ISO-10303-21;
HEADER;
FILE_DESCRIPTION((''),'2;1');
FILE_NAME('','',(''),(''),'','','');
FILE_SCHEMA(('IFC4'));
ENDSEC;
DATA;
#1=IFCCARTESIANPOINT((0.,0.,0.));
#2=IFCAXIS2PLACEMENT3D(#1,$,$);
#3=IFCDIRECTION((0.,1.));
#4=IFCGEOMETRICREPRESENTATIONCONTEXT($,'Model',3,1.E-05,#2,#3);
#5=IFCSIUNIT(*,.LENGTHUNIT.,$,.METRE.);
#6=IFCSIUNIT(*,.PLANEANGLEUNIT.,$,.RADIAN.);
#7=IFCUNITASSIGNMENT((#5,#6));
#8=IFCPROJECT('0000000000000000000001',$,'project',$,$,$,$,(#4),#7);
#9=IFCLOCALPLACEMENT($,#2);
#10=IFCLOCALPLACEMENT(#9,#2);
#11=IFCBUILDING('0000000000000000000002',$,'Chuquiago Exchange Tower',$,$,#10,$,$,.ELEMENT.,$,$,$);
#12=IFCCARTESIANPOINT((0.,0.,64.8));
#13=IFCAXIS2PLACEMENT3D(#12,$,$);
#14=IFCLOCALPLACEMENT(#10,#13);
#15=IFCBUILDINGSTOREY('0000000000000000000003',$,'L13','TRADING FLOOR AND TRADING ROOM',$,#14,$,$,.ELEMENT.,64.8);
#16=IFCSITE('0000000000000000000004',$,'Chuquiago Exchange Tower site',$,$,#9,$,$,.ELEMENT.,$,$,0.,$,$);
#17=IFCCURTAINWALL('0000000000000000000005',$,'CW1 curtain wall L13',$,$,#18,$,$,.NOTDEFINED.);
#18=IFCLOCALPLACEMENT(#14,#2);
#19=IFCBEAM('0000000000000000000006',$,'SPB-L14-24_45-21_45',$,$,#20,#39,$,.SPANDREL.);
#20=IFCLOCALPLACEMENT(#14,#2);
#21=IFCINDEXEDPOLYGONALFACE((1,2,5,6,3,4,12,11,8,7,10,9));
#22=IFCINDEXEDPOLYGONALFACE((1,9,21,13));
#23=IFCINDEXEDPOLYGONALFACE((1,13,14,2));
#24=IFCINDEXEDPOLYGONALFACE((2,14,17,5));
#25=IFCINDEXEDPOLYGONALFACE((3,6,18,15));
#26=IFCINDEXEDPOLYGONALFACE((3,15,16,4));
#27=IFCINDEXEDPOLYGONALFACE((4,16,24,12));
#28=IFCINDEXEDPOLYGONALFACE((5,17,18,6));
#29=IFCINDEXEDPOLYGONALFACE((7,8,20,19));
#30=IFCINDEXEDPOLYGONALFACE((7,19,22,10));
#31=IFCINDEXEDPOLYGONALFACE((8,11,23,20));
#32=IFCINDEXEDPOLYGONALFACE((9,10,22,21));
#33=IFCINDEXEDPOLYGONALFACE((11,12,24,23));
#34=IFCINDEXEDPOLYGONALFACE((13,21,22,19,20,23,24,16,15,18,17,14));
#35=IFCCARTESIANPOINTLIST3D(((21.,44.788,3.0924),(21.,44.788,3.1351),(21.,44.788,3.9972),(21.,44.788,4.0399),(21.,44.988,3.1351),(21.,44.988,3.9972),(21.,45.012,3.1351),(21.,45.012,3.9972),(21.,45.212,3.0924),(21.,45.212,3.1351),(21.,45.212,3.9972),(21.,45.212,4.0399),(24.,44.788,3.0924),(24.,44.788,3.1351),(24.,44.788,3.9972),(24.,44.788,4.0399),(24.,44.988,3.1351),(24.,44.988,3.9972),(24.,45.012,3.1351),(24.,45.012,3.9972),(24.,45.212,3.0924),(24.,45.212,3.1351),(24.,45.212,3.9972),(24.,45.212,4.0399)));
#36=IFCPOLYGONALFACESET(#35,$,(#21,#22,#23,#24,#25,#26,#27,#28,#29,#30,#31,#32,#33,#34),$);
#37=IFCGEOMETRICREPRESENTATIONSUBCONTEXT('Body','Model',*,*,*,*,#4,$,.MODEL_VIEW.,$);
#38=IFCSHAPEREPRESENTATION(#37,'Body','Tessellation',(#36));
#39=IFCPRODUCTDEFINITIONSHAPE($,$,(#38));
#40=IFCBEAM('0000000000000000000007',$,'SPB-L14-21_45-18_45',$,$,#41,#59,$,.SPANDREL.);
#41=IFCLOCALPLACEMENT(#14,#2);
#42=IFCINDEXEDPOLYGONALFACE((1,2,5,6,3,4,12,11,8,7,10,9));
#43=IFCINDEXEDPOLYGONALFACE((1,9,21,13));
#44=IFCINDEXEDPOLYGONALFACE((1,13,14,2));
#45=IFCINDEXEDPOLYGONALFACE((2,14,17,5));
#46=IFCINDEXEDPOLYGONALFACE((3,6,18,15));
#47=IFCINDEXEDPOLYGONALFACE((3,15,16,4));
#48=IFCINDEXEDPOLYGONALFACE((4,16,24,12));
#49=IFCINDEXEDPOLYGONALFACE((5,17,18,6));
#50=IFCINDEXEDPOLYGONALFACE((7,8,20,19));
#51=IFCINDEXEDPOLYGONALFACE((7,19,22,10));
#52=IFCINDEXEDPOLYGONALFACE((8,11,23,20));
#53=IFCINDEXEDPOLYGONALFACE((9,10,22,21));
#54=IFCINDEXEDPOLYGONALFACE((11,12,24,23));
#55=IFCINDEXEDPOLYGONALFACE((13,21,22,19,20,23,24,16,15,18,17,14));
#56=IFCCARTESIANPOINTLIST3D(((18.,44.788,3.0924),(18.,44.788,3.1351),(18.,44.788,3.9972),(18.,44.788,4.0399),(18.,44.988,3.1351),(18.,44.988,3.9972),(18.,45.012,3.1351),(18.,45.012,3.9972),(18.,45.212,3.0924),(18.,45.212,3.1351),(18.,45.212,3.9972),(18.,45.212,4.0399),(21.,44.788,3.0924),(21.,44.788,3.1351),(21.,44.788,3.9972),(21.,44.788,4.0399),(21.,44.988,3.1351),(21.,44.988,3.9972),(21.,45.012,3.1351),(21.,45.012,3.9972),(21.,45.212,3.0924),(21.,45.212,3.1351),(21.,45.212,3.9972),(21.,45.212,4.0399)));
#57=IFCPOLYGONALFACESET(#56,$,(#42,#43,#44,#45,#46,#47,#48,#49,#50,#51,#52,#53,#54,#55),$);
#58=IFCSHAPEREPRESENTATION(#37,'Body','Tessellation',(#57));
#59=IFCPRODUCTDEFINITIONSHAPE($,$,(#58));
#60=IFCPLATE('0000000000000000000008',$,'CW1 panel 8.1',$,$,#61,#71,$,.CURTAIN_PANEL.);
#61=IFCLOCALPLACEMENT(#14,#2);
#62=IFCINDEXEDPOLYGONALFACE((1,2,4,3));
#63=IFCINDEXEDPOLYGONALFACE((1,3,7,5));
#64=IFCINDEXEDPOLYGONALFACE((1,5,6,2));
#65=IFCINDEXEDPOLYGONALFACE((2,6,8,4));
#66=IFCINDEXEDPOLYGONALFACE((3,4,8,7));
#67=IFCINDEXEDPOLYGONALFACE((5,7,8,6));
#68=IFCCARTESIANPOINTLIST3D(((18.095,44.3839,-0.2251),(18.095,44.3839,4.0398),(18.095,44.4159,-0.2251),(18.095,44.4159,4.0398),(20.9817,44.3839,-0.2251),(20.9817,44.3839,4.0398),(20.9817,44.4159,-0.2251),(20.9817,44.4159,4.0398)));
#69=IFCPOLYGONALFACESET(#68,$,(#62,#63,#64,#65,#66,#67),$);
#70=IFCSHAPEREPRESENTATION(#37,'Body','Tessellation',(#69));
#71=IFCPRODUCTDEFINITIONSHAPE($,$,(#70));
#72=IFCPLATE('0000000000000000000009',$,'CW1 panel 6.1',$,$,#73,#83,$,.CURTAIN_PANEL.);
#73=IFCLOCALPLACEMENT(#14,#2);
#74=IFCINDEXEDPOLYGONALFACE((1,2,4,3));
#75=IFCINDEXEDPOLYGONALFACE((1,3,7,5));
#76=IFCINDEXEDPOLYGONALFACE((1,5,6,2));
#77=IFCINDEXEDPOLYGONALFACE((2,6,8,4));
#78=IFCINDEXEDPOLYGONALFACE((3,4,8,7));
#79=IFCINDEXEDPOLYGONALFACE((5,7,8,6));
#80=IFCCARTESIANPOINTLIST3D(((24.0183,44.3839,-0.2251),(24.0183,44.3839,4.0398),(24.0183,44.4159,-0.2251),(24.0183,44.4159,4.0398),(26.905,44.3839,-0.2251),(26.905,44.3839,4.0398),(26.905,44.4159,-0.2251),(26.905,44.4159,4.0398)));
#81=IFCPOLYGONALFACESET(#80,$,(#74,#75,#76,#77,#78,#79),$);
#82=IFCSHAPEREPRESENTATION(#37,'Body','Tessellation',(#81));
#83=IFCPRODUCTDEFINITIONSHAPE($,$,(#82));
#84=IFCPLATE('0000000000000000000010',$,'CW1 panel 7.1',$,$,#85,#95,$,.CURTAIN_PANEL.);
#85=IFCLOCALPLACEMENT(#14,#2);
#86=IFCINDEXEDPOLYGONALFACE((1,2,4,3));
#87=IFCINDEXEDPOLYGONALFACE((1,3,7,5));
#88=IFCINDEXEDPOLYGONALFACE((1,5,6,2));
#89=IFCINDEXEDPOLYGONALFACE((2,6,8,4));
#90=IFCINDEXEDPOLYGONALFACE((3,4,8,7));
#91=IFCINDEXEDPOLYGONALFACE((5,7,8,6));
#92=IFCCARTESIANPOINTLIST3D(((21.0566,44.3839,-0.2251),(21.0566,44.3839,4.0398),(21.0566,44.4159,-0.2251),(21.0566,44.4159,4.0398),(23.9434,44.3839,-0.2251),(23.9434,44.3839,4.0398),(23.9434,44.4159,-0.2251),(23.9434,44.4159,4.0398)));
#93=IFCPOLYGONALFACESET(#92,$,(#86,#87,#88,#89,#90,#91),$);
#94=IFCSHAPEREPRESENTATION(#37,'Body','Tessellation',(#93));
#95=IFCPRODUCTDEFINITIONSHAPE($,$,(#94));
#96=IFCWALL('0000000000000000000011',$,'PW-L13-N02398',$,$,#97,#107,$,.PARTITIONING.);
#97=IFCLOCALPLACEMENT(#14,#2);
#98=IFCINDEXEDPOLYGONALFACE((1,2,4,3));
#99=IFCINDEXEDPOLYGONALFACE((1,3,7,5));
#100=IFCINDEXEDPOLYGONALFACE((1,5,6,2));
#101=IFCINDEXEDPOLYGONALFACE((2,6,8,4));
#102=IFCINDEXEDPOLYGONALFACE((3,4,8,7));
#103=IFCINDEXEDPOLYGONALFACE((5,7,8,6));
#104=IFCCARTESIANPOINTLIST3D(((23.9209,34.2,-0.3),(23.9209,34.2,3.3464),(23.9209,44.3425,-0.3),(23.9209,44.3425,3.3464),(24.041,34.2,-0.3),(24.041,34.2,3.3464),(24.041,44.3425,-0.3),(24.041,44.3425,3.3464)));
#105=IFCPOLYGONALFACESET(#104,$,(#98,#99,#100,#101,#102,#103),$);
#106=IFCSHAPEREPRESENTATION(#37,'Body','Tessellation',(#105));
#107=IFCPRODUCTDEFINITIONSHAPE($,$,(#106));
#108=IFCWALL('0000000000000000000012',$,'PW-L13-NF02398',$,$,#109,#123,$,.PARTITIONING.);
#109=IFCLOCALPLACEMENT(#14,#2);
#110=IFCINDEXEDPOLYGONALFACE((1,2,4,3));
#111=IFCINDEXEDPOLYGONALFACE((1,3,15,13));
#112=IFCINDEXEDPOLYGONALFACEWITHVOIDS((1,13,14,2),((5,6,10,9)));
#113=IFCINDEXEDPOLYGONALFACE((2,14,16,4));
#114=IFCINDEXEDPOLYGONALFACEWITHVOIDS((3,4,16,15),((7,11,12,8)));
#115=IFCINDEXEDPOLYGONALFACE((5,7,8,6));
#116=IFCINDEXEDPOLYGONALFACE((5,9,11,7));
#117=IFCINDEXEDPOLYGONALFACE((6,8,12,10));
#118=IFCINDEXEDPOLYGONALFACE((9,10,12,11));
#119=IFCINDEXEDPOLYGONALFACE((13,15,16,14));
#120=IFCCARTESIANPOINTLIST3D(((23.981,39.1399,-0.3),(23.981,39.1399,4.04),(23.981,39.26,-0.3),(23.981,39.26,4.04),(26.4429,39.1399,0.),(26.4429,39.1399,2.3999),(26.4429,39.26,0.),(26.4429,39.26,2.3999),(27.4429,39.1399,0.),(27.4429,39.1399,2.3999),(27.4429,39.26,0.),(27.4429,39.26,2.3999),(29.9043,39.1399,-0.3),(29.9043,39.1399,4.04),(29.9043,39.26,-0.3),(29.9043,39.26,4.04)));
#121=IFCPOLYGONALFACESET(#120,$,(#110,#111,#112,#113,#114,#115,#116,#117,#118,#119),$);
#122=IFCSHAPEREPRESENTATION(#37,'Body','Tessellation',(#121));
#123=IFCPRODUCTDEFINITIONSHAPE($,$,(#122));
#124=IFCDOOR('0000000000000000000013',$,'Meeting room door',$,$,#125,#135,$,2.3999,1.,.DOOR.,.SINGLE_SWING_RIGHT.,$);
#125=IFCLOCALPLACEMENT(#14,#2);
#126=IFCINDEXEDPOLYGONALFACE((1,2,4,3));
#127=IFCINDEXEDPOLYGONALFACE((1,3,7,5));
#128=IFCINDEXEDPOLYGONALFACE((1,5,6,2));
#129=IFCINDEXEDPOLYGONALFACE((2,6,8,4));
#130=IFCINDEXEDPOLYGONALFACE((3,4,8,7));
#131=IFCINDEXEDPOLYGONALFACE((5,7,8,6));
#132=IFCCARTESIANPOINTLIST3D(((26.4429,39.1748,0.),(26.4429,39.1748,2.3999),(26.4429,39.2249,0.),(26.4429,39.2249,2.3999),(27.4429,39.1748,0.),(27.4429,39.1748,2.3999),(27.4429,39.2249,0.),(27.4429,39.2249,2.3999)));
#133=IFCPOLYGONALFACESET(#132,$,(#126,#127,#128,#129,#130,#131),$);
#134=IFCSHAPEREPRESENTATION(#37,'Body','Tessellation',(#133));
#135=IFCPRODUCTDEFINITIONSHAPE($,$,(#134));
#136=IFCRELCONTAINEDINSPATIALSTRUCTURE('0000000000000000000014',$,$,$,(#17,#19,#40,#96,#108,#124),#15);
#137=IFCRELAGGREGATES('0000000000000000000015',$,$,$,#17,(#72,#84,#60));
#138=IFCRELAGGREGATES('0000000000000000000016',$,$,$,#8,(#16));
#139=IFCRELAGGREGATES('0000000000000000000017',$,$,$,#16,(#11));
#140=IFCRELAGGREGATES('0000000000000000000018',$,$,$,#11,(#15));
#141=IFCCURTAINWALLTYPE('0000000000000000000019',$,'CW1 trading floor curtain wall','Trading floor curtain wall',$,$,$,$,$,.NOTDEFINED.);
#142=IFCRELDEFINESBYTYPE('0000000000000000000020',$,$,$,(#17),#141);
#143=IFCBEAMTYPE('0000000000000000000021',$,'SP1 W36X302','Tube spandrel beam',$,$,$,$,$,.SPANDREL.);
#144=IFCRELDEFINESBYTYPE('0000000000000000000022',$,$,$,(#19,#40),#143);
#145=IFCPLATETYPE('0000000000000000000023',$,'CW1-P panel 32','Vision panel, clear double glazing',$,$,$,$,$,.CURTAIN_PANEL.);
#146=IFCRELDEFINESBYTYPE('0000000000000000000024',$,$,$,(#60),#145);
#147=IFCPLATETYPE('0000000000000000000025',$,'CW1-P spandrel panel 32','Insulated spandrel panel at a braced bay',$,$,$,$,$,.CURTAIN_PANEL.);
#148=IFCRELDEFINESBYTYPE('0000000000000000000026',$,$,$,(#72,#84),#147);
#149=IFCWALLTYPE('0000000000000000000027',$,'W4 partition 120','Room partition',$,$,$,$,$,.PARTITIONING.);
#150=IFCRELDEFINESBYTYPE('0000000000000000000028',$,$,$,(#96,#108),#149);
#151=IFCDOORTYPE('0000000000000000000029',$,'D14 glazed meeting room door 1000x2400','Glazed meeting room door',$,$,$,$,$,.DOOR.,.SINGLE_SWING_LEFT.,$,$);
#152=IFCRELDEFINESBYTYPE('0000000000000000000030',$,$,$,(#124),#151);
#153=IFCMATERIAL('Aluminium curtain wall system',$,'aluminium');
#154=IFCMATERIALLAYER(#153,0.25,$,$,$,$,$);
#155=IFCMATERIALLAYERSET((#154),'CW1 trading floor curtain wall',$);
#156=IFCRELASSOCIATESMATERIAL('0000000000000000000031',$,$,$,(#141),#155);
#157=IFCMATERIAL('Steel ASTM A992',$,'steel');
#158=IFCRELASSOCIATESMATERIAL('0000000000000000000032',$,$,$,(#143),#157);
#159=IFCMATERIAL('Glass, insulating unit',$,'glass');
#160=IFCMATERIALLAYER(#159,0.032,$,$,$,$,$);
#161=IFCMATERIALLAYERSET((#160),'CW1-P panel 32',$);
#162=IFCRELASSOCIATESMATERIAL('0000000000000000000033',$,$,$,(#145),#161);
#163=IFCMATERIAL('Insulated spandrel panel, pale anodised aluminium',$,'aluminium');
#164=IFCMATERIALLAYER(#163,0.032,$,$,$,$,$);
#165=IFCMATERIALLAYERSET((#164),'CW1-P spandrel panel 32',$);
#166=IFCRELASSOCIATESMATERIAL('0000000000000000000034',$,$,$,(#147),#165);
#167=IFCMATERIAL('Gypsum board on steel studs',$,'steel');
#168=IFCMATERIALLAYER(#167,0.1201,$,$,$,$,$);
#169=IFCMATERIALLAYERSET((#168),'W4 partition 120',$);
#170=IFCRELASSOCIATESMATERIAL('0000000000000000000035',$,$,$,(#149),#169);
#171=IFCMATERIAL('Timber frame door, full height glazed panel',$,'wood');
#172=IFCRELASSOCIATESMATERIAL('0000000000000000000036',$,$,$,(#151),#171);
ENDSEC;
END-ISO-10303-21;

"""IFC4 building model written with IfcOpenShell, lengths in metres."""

from ifc_helpers import new_model, si_unit, direction, frame, frame_2d, origin, origin_2d, place, context, subcontext, project, spatial, rectangle, i_section, extrude, material, layer, layer_set, material_profile, profile_set, type_object, element, fill, aggregate, save


model = new_model("IFC4")

# Units and contexts
model_context = context("Model", 3, precision=1e-05, world=origin(), true_north=direction((0.0, 1.0)))
body_context = subcontext(model_context, "Body", "Model", "MODEL_VIEW")
ifc_project = project(units=[si_unit("LENGTHUNIT", "METRE"), si_unit("PLANEANGLEUNIT", "RADIAN")], contexts=[model_context])

# Site, building, storey
site_placement = place(None, origin())
site = spatial("IfcSite", under=ifc_project, at=site_placement, Name="Chuquiago Exchange Tower site", CompositionType="ELEMENT", RefElevation=0.0)
building_placement = place(site_placement, origin())
building = spatial("IfcBuilding", under=site, at=building_placement, Name="Chuquiago Exchange Tower", CompositionType="ELEMENT")
storey_placement = place(building_placement, frame((0.0, 0.0, 64.8)))
storey = spatial("IfcBuildingStorey", under=building, at=storey_placement, Name="L13", Description="TRADING FLOOR AND TRADING ROOM", CompositionType="ELEMENT", Elevation=64.8)

# Curtain wall
ifc_material_1 = material(Name="Aluminium curtain wall system", Category="aluminium")
ifc_layer_1 = layer(ifc_material_1, 0.25)
ifc_layer_set_1 = layer_set([ifc_layer_1], Name="CW1 trading floor curtain wall")
curtain_wall_type = type_object("IfcCurtainWallType", Name="CW1 trading floor curtain wall", Description="Trading floor curtain wall", PredefinedType="NOTDEFINED", material=ifc_layer_set_1)
curtain_wall_placement = place(storey_placement, origin())
curtain_wall = element("IfcCurtainWall", 1, at=curtain_wall_placement, inside=storey, type_object=curtain_wall_type, Name="CW1 curtain wall L13", PredefinedType="NOTDEFINED")

# Beams
ifc_material_2 = material(Name="Steel ASTM A992", Category="steel")
ifc_material_profile_1 = material_profile(ifc_material_2, i_section(OverallWidth=0.4241, OverallDepth=0.9475, WebThickness=0.0239, FlangeThickness=0.0427, at=origin_2d()), Name="W36X302")
ifc_profile_set_1 = profile_set([ifc_material_profile_1], Name="Steel ASTM A992")
beam_type = type_object("IfcBeamType", Name="SP1 W36X302", Description="Tube spandrel beam", PredefinedType="SPANDREL", material=ifc_profile_set_1)
for number, where, z_axis, x_axis, name in (
    (2, (24.0, 45.0, 3.5662), (-1.0, 0.0, 0.0), (0.0, -1.0, 0.0), "SPB-L14-24_45-21_45"),
    (3, (21.0, 45.0, 3.5662), (-1.0, 0.0, 0.0), (0.0, -1.0, 0.0), "SPB-L14-21_45-18_45"),
):
    element("IfcBeam", number, at=place(storey_placement, frame(where, z_axis=z_axis, x_axis=x_axis)), inside=storey, type_object=beam_type, Name=name, PredefinedType="SPANDREL", context=body_context, shape_type="SweptSolid", body=[
        extrude(i_section(OverallWidth=0.4241, OverallDepth=0.9475, WebThickness=0.0239, FlangeThickness=0.0427, at=origin_2d()), origin(), (0.0, 0.0, 1.0), 3.0),
    ])

# Plates
ifc_material_3 = material(Name="Glass, insulating unit", Category="glass")
ifc_layer_2 = layer(ifc_material_3, 0.032)
ifc_layer_set_2 = layer_set([ifc_layer_2], Name="CW1-P panel 32")
plate_type_1 = type_object("IfcPlateType", Name="CW1-P panel 32", Description="Vision panel, clear double glazing", PredefinedType="CURTAIN_PANEL", material=ifc_layer_set_2)
plate_1_placement = place(storey_placement, frame((19.5383, 44.3999, -0.2251), z_axis=(0.0, 0.0, 1.0), x_axis=(-1.0, 0.0, 0.0)))
plate_1 = element("IfcPlate", 4, at=plate_1_placement, type_object=plate_type_1, Name="CW1 panel 8.1", PredefinedType="CURTAIN_PANEL", context=body_context, shape_type="SweptSolid", body=[
    extrude(rectangle(XDim=2.8867, YDim=0.032, at=origin_2d()), origin(), (0.0, 0.0, 1.0), 4.2649),
])
ifc_material_4 = material(Name="Insulated spandrel panel, pale anodised aluminium", Category="aluminium")
ifc_layer_3 = layer(ifc_material_4, 0.032)
ifc_layer_set_3 = layer_set([ifc_layer_3], Name="CW1-P spandrel panel 32")
plate_type_2 = type_object("IfcPlateType", Name="CW1-P spandrel panel 32", Description="Insulated spandrel panel at a braced bay", PredefinedType="CURTAIN_PANEL", material=ifc_layer_set_3)
plate_2_placement = place(storey_placement, frame((25.4617, 44.3999, -0.2251), z_axis=(0.0, 0.0, 1.0), x_axis=(-1.0, 0.0, 0.0)))
plate_2 = element("IfcPlate", 5, at=plate_2_placement, type_object=plate_type_2, Name="CW1 panel 6.1", PredefinedType="CURTAIN_PANEL", context=body_context, shape_type="SweptSolid", body=[
    extrude(rectangle(XDim=2.8867, YDim=0.032, at=origin_2d()), origin(), (0.0, 0.0, 1.0), 4.2649),
])
plate_3_placement = place(storey_placement, frame((22.5, 44.3999, -0.2251), z_axis=(0.0, 0.0, 1.0), x_axis=(-1.0, 0.0, 0.0)))
plate_3 = element("IfcPlate", 6, at=plate_3_placement, type_object=plate_type_2, Name="CW1 panel 7.1", PredefinedType="CURTAIN_PANEL", context=body_context, shape_type="SweptSolid", body=[
    extrude(rectangle(XDim=2.8867, YDim=0.032, at=origin_2d()), origin(), (0.0, 0.0, 1.0), 4.2649),
])
aggregate(curtain_wall, [plate_2, plate_3, plate_1])

# Wall
ifc_material_5 = material(Name="Gypsum board on steel studs", Category="steel")
ifc_layer_4 = layer(ifc_material_5, 0.1201)
ifc_layer_set_4 = layer_set([ifc_layer_4], Name="W4 partition 120")
wall_type = type_object("IfcWallType", Name="W4 partition 120", Description="Room partition", PredefinedType="PARTITIONING", material=ifc_layer_set_4)
wall_1_placement = place(storey_placement, frame((23.981, 44.3425, -0.3), z_axis=(0.0, 0.0, 1.0), x_axis=(0.0, -1.0, 0.0)))
element("IfcWall", 7, at=wall_1_placement, inside=storey, type_object=wall_type, Name="PW-L13-N02398", PredefinedType="PARTITIONING", context=body_context, shape_type="SweptSolid", body=[
    extrude(rectangle(XDim=10.1426, YDim=0.1201, at=frame_2d((5.0713, 0.0))), origin(), (0.0, 0.0, 1.0), 3.6465),
])

# Wall, opening, door
wall_2_placement = place(storey_placement, frame((23.981, 39.2, -0.3), z_axis=(0.0, 0.0, 1.0), x_axis=(1.0, 0.0, 0.0)))
wall_2 = element("IfcWall", 8, at=wall_2_placement, inside=storey, type_object=wall_type, Name="PW-L13-NF02398", PredefinedType="PARTITIONING", context=body_context, shape_type="SweptSolid", body=[
    extrude(rectangle(XDim=5.9233, YDim=0.1201, at=frame_2d((2.9617, 0.0))), origin(), (0.0, 0.0, 1.0), 4.3401),
])
opening_placement = place(wall_2_placement, frame((2.4619, 0.0, 0.3)))
opening = element("IfcOpeningElement", 9, at=opening_placement, cuts=wall_2, PredefinedType="OPENING", context=body_context, shape_type="SweptSolid", body=[
    extrude(rectangle(XDim=1.0, YDim=2.3999, at=frame_2d((0.5, 1.2))), frame((0.0, 0.0701, 0.0), z_axis=(0.0, -1.0, 0.0), x_axis=(1.0, 0.0, 0.0)), (0.0, 0.0, 1.0), 0.1401),
])
ifc_material_6 = material(Name="Timber frame door, full height glazed panel", Category="wood")
door_type = type_object("IfcDoorType", Name="D14 glazed meeting room door 1000x2400", Description="Glazed meeting room door", OperationType="SINGLE_SWING_LEFT", PredefinedType="DOOR", material=ifc_material_6)
door_placement = place(opening_placement, origin())
door = element("IfcDoor", 10, at=door_placement, inside=storey, type_object=door_type, Name="Meeting room door", OperationType="SINGLE_SWING_RIGHT", OverallHeight=2.3999, OverallWidth=1.0, PredefinedType="DOOR", context=body_context, shape_type="SweptSolid", body=[
    extrude(rectangle(XDim=1.0, YDim=2.3999, at=frame_2d((0.5, 1.2))), frame((0.0, 0.0249, 0.0), z_axis=(0.0, -1.0, 0.0), x_axis=(1.0, 0.0, 0.0)), (0.0, 0.0, 1.0), 0.05),
])
fill(opening, door)

save(model, "model.ifc")
